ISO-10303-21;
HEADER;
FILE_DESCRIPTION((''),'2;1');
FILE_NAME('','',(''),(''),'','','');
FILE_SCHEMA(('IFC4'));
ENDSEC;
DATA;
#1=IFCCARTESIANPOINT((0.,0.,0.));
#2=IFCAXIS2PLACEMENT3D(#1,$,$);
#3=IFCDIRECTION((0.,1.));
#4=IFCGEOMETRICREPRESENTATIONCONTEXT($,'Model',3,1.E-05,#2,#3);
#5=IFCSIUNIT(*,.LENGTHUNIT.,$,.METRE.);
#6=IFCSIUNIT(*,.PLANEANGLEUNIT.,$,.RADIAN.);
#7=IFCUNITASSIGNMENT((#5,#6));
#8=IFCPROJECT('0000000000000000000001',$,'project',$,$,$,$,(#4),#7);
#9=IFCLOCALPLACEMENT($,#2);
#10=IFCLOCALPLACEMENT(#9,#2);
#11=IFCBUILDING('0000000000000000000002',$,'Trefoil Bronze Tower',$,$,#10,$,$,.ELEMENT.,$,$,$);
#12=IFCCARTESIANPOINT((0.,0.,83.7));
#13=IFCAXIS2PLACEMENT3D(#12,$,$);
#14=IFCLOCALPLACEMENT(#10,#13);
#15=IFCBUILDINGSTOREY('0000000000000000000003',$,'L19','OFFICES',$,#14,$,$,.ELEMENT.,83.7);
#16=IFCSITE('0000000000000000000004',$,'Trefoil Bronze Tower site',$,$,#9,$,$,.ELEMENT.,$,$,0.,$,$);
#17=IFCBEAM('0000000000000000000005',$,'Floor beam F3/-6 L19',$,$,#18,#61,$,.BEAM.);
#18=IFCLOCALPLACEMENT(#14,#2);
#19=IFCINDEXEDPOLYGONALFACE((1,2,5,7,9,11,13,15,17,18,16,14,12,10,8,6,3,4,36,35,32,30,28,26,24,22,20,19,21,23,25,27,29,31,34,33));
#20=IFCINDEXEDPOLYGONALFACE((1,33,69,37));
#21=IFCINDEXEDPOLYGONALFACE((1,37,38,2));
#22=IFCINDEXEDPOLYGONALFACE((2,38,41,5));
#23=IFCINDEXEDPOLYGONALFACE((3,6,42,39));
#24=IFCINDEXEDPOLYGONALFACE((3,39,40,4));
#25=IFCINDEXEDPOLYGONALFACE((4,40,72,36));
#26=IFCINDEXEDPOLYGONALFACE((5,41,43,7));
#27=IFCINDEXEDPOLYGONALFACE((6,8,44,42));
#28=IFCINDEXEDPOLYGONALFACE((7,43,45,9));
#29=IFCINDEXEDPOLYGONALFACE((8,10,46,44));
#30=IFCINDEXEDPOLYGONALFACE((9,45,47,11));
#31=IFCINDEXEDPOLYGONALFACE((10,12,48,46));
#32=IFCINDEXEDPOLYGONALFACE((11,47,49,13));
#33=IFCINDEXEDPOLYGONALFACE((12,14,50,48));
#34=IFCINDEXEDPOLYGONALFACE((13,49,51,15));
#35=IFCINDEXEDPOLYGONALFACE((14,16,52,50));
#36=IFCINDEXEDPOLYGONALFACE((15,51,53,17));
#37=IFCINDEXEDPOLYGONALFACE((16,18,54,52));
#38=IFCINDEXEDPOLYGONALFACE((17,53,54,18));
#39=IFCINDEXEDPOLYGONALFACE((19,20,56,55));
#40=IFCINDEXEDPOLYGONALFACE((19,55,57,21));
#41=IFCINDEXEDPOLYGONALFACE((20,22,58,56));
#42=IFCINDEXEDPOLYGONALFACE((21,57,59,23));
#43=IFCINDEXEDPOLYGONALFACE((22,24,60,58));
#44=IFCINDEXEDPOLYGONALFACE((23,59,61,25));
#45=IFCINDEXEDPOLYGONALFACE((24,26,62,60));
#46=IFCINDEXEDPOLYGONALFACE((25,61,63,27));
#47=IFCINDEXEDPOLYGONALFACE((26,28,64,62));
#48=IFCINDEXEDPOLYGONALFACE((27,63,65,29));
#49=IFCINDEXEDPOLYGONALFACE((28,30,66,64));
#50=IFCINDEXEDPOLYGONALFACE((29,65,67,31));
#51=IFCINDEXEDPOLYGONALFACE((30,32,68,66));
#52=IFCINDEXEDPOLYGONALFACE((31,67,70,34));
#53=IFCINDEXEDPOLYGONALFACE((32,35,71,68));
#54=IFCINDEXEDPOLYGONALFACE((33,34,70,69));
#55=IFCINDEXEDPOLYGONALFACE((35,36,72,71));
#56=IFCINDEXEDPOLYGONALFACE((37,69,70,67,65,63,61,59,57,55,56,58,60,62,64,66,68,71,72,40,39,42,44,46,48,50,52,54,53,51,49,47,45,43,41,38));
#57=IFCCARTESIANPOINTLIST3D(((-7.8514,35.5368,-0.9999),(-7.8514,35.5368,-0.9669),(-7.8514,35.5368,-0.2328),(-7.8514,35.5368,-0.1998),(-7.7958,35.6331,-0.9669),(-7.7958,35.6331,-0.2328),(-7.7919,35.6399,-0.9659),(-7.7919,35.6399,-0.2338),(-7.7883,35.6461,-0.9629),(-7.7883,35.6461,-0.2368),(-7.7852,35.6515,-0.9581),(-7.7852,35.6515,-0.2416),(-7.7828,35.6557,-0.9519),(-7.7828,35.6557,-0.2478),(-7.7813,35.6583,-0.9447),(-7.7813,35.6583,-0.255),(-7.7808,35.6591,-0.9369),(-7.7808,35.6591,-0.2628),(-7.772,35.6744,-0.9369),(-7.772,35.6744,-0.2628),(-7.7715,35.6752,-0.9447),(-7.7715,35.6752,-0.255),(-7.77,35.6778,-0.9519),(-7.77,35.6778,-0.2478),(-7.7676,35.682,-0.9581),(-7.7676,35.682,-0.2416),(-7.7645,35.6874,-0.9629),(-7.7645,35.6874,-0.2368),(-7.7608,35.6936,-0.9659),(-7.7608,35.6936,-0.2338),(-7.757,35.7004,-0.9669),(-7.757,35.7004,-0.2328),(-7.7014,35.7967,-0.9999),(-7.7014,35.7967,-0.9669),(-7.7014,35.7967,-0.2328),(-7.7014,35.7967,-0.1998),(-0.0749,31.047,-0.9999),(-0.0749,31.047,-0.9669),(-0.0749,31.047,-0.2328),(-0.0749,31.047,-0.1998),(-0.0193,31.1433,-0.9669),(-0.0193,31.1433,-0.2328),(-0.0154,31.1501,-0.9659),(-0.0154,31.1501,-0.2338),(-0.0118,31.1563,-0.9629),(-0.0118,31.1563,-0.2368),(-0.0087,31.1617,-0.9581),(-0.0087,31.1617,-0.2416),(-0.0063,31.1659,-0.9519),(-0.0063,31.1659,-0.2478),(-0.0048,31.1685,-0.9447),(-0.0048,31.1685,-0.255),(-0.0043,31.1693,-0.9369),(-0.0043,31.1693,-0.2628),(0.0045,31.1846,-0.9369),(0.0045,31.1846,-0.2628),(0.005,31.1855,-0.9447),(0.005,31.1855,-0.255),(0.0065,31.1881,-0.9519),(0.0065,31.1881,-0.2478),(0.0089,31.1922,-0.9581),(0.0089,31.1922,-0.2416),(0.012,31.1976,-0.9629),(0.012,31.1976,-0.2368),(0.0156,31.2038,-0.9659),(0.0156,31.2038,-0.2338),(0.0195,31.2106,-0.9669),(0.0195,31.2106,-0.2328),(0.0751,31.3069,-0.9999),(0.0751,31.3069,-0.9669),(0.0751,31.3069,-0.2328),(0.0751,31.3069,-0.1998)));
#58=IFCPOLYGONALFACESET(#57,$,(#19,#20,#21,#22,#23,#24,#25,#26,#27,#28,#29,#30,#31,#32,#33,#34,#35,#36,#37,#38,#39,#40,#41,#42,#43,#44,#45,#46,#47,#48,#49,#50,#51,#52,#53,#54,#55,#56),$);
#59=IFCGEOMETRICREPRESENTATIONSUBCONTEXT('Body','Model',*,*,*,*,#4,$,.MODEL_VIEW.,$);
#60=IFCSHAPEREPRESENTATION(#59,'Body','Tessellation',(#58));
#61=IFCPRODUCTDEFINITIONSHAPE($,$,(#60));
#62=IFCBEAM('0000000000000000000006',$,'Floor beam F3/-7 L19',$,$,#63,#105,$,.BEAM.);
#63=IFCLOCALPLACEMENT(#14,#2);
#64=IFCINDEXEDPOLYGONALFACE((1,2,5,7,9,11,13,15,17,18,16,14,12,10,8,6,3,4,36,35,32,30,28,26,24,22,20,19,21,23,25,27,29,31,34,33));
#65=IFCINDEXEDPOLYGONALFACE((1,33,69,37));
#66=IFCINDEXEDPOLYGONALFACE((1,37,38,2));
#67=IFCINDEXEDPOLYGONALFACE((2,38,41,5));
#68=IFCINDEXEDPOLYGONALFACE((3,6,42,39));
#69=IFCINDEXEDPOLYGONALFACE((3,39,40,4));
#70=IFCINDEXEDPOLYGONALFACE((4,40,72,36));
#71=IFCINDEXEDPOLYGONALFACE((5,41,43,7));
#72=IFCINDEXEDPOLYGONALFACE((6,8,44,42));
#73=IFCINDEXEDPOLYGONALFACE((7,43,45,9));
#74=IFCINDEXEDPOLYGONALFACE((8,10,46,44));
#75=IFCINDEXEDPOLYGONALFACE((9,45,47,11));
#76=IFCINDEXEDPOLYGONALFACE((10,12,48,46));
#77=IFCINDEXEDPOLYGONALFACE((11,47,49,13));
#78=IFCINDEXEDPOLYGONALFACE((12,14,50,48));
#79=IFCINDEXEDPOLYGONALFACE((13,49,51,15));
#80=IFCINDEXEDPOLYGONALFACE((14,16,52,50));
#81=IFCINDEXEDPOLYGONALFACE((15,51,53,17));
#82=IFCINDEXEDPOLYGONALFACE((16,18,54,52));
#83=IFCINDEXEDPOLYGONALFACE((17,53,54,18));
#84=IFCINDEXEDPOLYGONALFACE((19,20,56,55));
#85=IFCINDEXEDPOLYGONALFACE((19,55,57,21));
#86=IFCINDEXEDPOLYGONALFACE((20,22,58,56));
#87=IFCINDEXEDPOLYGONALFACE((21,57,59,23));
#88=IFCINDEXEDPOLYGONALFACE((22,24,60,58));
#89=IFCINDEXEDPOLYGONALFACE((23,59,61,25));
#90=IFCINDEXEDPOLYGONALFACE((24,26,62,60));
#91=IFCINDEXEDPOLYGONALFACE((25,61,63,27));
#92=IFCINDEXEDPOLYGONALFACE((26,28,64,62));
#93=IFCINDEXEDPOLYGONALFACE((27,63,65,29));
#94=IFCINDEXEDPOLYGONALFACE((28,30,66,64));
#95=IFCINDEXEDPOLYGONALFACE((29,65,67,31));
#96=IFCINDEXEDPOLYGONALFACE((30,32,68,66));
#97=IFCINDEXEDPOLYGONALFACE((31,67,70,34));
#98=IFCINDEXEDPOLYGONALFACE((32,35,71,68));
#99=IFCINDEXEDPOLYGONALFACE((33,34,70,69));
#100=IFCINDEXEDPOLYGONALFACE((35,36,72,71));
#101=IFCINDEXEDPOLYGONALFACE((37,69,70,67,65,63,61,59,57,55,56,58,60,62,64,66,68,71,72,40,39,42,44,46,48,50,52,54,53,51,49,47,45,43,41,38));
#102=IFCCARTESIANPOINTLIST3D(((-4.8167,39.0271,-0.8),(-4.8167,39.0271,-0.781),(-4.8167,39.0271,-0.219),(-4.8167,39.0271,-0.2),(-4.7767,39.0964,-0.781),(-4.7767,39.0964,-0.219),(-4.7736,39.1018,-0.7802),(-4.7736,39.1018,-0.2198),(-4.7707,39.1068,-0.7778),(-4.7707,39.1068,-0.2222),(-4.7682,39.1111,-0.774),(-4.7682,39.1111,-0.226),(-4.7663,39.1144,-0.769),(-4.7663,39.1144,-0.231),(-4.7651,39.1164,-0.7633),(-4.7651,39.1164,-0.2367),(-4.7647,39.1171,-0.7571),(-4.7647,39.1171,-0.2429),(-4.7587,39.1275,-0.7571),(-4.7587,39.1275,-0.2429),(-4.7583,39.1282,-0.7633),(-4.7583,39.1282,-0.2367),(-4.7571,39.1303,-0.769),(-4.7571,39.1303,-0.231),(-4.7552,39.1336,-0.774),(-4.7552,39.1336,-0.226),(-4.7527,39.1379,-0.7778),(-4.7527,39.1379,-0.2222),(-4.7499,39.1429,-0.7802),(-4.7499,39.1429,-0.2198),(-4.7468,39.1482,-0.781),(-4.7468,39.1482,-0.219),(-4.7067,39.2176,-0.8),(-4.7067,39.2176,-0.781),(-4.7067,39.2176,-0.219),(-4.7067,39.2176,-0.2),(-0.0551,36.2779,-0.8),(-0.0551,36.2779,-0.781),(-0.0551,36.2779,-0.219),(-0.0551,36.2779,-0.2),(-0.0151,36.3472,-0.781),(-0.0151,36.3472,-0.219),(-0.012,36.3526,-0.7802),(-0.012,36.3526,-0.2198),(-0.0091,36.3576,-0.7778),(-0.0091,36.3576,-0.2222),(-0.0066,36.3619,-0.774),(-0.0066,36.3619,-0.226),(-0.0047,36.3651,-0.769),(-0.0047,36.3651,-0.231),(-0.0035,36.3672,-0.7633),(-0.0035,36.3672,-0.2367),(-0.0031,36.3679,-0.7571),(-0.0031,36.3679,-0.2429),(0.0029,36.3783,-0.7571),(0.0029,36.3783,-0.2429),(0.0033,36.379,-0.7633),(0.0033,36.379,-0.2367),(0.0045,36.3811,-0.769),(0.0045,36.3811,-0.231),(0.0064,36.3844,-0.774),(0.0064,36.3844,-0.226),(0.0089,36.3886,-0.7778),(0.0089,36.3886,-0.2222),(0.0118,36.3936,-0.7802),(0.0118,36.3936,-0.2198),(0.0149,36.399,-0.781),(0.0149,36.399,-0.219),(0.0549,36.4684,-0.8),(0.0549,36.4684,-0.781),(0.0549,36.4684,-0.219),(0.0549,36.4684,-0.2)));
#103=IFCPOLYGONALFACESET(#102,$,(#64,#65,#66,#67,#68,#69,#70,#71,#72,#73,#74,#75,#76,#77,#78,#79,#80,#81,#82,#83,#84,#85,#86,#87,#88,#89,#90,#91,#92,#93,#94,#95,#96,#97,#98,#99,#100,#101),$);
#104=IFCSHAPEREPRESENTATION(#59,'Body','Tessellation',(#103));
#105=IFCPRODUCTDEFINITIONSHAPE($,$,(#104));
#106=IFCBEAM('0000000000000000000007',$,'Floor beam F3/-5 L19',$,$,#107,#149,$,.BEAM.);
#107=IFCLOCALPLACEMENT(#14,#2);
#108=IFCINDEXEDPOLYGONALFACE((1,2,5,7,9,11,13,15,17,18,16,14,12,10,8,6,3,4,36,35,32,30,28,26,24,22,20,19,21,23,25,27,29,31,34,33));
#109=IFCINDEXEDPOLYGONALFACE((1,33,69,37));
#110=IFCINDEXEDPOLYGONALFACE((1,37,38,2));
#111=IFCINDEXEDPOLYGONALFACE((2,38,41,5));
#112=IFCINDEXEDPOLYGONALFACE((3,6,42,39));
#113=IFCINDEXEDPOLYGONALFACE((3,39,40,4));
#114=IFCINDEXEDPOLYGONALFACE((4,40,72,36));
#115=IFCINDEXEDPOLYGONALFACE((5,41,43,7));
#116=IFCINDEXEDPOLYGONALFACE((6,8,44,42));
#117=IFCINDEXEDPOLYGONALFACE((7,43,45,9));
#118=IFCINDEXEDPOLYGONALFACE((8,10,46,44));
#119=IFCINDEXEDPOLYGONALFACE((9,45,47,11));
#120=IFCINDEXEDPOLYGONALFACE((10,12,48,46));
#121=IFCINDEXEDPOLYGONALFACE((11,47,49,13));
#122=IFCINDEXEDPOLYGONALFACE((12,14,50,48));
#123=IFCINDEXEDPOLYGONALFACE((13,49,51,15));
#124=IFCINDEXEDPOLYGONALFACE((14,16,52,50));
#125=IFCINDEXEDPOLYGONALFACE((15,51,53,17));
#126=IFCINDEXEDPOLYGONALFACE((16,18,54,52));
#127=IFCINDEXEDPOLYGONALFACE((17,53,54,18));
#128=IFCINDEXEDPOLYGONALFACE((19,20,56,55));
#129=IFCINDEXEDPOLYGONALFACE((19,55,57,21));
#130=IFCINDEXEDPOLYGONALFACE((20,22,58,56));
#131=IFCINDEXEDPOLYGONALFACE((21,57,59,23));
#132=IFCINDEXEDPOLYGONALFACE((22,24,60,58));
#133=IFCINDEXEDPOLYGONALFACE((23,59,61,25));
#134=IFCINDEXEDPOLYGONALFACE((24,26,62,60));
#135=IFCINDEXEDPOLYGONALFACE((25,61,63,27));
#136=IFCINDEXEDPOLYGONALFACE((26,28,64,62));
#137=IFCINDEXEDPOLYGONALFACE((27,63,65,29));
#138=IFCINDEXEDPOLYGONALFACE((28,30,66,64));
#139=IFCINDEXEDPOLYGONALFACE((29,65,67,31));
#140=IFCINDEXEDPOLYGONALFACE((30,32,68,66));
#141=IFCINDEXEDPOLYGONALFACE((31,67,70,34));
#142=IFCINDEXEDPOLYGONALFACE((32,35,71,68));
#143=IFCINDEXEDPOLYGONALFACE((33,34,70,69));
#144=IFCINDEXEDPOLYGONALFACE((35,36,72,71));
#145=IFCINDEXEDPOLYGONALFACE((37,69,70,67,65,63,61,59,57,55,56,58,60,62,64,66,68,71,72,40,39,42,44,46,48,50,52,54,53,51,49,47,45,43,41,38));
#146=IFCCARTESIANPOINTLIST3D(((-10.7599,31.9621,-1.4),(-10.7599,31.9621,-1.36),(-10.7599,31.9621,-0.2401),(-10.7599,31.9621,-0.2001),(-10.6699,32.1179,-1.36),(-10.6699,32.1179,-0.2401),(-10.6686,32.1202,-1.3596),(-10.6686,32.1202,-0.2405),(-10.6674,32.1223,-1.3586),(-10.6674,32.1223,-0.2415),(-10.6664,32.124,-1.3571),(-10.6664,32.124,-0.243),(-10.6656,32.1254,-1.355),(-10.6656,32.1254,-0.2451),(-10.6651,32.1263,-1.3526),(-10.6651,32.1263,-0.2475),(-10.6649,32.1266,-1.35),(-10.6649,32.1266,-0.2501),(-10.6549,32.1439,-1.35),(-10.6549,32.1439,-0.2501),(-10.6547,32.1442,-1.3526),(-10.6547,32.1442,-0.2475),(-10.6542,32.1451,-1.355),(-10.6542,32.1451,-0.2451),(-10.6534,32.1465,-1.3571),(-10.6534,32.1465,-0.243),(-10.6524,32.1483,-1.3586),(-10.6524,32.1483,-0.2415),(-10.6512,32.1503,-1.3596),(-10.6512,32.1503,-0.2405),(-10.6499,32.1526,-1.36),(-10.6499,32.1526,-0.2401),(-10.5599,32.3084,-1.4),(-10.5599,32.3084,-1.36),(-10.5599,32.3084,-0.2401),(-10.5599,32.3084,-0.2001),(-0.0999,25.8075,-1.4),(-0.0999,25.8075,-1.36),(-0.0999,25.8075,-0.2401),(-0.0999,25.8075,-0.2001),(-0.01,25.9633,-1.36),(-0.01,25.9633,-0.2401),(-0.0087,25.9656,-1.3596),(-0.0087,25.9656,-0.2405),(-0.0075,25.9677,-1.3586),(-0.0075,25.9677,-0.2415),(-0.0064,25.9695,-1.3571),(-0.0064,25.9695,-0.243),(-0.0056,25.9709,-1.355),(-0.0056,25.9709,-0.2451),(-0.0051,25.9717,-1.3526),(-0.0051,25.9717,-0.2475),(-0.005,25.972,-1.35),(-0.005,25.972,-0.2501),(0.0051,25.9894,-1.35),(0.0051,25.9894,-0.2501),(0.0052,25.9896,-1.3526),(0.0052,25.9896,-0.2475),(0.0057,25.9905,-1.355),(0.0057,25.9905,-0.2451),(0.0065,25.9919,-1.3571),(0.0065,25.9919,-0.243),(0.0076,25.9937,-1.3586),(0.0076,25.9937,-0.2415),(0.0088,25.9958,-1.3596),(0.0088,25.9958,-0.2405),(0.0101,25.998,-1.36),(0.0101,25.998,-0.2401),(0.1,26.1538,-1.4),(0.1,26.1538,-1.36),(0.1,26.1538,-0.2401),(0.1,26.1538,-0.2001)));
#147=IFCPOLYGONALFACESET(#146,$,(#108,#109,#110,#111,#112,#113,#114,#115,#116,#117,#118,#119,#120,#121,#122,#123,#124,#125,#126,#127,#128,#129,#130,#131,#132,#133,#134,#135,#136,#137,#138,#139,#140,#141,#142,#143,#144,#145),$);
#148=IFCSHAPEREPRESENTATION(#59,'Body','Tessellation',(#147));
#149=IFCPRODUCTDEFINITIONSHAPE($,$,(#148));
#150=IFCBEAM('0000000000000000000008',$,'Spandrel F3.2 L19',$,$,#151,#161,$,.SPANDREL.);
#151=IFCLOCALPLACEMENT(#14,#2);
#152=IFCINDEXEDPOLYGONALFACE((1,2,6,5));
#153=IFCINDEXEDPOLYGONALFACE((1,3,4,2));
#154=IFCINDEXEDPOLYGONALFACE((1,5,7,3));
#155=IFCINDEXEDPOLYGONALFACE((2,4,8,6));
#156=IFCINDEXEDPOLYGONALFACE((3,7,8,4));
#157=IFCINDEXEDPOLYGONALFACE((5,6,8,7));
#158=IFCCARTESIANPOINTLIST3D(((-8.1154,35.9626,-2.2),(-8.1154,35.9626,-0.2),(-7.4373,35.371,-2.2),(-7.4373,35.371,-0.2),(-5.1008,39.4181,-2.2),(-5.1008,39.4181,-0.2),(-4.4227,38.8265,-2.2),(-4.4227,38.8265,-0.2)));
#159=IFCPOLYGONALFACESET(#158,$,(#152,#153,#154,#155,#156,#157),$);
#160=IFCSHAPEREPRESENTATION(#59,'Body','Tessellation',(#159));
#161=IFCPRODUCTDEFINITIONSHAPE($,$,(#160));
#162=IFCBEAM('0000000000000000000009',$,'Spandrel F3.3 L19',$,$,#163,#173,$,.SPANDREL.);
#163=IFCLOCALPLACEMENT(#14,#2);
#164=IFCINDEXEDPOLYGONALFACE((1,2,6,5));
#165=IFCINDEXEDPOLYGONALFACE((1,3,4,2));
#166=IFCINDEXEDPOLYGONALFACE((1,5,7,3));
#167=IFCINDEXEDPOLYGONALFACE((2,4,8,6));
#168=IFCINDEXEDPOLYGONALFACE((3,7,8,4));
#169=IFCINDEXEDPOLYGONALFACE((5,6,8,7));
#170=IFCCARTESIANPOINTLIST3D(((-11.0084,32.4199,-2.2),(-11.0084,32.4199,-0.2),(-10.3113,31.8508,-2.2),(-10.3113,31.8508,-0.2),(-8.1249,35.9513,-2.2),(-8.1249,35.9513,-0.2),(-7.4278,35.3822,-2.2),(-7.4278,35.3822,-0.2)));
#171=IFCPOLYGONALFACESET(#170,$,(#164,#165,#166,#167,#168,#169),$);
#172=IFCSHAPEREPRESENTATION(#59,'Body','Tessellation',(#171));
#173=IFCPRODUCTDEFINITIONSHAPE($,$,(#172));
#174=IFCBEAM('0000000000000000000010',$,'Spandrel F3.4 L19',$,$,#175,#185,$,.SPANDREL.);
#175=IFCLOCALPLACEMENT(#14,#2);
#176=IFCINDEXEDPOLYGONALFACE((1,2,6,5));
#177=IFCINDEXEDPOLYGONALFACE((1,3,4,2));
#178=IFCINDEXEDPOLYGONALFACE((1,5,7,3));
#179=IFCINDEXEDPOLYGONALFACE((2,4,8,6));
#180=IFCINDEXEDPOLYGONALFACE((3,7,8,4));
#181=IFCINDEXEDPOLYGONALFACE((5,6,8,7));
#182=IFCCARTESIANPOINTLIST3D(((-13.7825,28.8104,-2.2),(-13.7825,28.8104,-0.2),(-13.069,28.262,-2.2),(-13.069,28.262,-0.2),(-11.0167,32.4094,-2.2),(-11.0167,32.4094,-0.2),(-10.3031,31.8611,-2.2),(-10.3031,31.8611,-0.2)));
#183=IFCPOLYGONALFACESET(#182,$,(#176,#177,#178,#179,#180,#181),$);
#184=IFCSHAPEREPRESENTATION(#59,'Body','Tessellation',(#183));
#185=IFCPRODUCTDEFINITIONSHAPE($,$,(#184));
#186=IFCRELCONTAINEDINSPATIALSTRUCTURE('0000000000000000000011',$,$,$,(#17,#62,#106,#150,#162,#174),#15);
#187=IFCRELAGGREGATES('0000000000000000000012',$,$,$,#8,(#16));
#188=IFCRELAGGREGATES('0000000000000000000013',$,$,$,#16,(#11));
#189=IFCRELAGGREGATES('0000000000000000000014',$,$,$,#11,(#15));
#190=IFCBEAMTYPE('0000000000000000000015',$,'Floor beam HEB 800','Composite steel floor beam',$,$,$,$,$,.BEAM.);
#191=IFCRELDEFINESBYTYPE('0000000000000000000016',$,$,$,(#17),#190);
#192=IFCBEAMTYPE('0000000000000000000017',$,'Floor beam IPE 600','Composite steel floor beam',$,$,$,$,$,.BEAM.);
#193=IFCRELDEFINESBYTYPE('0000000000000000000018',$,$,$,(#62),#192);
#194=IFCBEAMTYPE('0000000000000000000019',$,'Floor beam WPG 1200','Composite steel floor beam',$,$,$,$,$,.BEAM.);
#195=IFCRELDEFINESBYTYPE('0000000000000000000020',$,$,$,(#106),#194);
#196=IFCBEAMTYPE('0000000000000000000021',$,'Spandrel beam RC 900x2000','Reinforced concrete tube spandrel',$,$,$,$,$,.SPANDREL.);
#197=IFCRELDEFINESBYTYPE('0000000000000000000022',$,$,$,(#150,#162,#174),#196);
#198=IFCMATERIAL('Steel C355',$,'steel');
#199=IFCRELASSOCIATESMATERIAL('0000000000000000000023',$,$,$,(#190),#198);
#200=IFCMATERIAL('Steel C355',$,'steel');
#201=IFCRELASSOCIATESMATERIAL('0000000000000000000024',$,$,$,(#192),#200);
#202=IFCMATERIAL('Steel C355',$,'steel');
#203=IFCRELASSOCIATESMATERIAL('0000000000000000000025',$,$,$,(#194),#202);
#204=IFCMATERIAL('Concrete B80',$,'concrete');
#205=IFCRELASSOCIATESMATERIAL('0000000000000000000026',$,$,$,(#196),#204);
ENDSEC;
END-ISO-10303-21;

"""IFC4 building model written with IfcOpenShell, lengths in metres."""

from ifc_helpers import new_model, si_unit, direction, frame, origin, origin_2d, place, context, subcontext, project, spatial, rectangle, i_section, extrude, material, material_profile, profile_set, type_object, element, save


model = new_model("IFC4")

# Units and contexts
model_context = context("Model", 3, precision=1e-05, world=origin(), true_north=direction((0.0, 1.0)))
body_context = subcontext(model_context, "Body", "Model", "MODEL_VIEW")
ifc_project = project(units=[si_unit("LENGTHUNIT", "METRE"), si_unit("PLANEANGLEUNIT", "RADIAN")], contexts=[model_context])

# Site, building, storey
site_placement = place(None, origin())
site = spatial("IfcSite", under=ifc_project, at=site_placement, Name="Trefoil Bronze Tower site", CompositionType="ELEMENT", RefElevation=0.0)
building_placement = place(site_placement, origin())
building = spatial("IfcBuilding", under=site, at=building_placement, Name="Trefoil Bronze Tower", CompositionType="ELEMENT")
storey_placement = place(building_placement, frame((0.0, 0.0, 83.7)))
storey = spatial("IfcBuildingStorey", under=building, at=storey_placement, Name="L19", Description="OFFICES", CompositionType="ELEMENT", Elevation=83.7)

# Beams
ifc_material_1 = material(Name="Steel C355", Category="steel")
ifc_material_profile_1 = material_profile(ifc_material_1, i_section(OverallWidth=0.3, OverallDepth=0.8, WebThickness=0.0176, FlangeThickness=0.033, FilletRadius=0.03, at=origin_2d()), Name="HEB 800")
ifc_profile_set_1 = profile_set([ifc_material_profile_1], Name="Steel C355")
beam_type_1 = type_object("IfcBeamType", Name="Floor beam HEB 800", Description="Composite steel floor beam", PredefinedType="BEAM", material=ifc_profile_set_1)
beam_1_placement = place(storey_placement, frame((-7.7764, 35.6667, -0.5999), z_axis=(0.866023, -0.500005, 0.0), x_axis=(0.500005, 0.866023, 0.0)))
element("IfcBeam", 1, at=beam_1_placement, inside=storey, type_object=beam_type_1, Name="Floor beam F3/-6 L19", PredefinedType="BEAM", context=body_context, shape_type="SweptSolid", body=[
    extrude(i_section(OverallWidth=0.3, OverallDepth=0.8, WebThickness=0.0176, FlangeThickness=0.033, FilletRadius=0.03, at=origin_2d()), origin(), (0.0, 0.0, 1.0), 8.9795),
])
ifc_material_2 = material(Name="Steel C355", Category="steel")
ifc_material_profile_2 = material_profile(ifc_material_2, i_section(OverallWidth=0.22, OverallDepth=0.6001, WebThickness=0.012, FlangeThickness=0.019, FilletRadius=0.0239, at=origin_2d()), Name="IPE 600")
ifc_profile_set_2 = profile_set([ifc_material_profile_2], Name="Steel C355")
beam_type_2 = type_object("IfcBeamType", Name="Floor beam IPE 600", Description="Composite steel floor beam", PredefinedType="BEAM", material=ifc_profile_set_2)
beam_2_placement = place(storey_placement, frame((-4.7617, 39.1223, -0.5), z_axis=(0.866018, -0.500012, 0.0), x_axis=(0.500012, 0.866018, 0.0)))
element("IfcBeam", 2, at=beam_2_placement, inside=storey, type_object=beam_type_2, Name="Floor beam F3/-7 L19", PredefinedType="BEAM", context=body_context, shape_type="SweptSolid", body=[
    extrude(i_section(OverallWidth=0.22, OverallDepth=0.6001, WebThickness=0.012, FlangeThickness=0.019, FilletRadius=0.0239, at=origin_2d()), origin(), (0.0, 0.0, 1.0), 5.4983),
])
ifc_material_3 = material(Name="Steel C355", Category="steel")
ifc_material_profile_3 = material_profile(ifc_material_3, i_section(OverallWidth=0.3999, OverallDepth=1.2, WebThickness=0.02, FlangeThickness=0.04, FilletRadius=0.01, at=origin_2d()), Name="WPG 1200")
ifc_profile_set_3 = profile_set([ifc_material_profile_3], Name="Steel C355")
beam_type_3 = type_object("IfcBeamType", Name="Floor beam WPG 1200", Description="Composite steel floor beam", PredefinedType="BEAM", material=ifc_profile_set_3)
beam_3_placement = place(storey_placement, frame((-10.6599, 32.1353, -0.8), z_axis=(0.866024, -0.500002, 0.0), x_axis=(0.500002, 0.866024, 0.0)))
element("IfcBeam", 3, at=beam_3_placement, inside=storey, type_object=beam_type_3, Name="Floor beam F3/-5 L19", PredefinedType="BEAM", context=body_context, shape_type="SweptSolid", body=[
    extrude(i_section(OverallWidth=0.3999, OverallDepth=1.2, WebThickness=0.02, FlangeThickness=0.04, FilletRadius=0.01, at=origin_2d()), origin(), (0.0, 0.0, 1.0), 12.3091),
])
ifc_material_4 = material(Name="Concrete B80", Category="concrete")
ifc_material_profile_4 = material_profile(ifc_material_4, rectangle(XDim=0.8999, YDim=2.0, at=origin_2d()), Name="RC 900x2000")
ifc_profile_set_4 = profile_set([ifc_material_profile_4], Name="Concrete B80")
beam_type_4 = type_object("IfcBeamType", Name="Spandrel beam RC 900x2000", Description="Reinforced concrete tube spandrel", PredefinedType="SPANDREL", material=ifc_profile_set_4)
beam_4_placement = place(storey_placement, frame((-4.7617, 39.1223, -1.2), z_axis=(-0.657396, -0.753545, 0.0), x_axis=(0.753545, -0.657396, 0.0)))
element("IfcBeam", 4, at=beam_4_placement, inside=storey, type_object=beam_type_4, Name="Spandrel F3.2 L19", PredefinedType="SPANDREL", context=body_context, shape_type="SweptSolid", body=[
    extrude(rectangle(XDim=0.8999, YDim=2.0, at=origin_2d()), origin(), (0.0, 0.0, 1.0), 4.5857),
])
beam_5_placement = place(storey_placement, frame((-7.7764, 35.6667, -1.2), z_axis=(-0.632468, -0.774587, 0.0), x_axis=(0.774587, -0.632468, 0.0)))
element("IfcBeam", 5, at=beam_5_placement, inside=storey, type_object=beam_type_4, Name="Spandrel F3.3 L19", PredefinedType="SPANDREL", context=body_context, shape_type="SweptSolid", body=[
    extrude(rectangle(XDim=0.8999, YDim=2.0, at=origin_2d()), origin(), (0.0, 0.0, 1.0), 4.5591),
])
beam_6_placement = place(storey_placement, frame((-10.6599, 32.1353, -1.2), z_axis=(-0.609339, -0.79291, 0.0), x_axis=(0.79291, -0.609339, 0.0)))
element("IfcBeam", 6, at=beam_6_placement, inside=storey, type_object=beam_type_4, Name="Spandrel F3.4 L19", PredefinedType="SPANDREL", context=body_context, shape_type="SweptSolid", body=[
    extrude(rectangle(XDim=0.8999, YDim=2.0, at=origin_2d()), origin(), (0.0, 0.0, 1.0), 4.5391),
])

save(model, "model.ifc")
